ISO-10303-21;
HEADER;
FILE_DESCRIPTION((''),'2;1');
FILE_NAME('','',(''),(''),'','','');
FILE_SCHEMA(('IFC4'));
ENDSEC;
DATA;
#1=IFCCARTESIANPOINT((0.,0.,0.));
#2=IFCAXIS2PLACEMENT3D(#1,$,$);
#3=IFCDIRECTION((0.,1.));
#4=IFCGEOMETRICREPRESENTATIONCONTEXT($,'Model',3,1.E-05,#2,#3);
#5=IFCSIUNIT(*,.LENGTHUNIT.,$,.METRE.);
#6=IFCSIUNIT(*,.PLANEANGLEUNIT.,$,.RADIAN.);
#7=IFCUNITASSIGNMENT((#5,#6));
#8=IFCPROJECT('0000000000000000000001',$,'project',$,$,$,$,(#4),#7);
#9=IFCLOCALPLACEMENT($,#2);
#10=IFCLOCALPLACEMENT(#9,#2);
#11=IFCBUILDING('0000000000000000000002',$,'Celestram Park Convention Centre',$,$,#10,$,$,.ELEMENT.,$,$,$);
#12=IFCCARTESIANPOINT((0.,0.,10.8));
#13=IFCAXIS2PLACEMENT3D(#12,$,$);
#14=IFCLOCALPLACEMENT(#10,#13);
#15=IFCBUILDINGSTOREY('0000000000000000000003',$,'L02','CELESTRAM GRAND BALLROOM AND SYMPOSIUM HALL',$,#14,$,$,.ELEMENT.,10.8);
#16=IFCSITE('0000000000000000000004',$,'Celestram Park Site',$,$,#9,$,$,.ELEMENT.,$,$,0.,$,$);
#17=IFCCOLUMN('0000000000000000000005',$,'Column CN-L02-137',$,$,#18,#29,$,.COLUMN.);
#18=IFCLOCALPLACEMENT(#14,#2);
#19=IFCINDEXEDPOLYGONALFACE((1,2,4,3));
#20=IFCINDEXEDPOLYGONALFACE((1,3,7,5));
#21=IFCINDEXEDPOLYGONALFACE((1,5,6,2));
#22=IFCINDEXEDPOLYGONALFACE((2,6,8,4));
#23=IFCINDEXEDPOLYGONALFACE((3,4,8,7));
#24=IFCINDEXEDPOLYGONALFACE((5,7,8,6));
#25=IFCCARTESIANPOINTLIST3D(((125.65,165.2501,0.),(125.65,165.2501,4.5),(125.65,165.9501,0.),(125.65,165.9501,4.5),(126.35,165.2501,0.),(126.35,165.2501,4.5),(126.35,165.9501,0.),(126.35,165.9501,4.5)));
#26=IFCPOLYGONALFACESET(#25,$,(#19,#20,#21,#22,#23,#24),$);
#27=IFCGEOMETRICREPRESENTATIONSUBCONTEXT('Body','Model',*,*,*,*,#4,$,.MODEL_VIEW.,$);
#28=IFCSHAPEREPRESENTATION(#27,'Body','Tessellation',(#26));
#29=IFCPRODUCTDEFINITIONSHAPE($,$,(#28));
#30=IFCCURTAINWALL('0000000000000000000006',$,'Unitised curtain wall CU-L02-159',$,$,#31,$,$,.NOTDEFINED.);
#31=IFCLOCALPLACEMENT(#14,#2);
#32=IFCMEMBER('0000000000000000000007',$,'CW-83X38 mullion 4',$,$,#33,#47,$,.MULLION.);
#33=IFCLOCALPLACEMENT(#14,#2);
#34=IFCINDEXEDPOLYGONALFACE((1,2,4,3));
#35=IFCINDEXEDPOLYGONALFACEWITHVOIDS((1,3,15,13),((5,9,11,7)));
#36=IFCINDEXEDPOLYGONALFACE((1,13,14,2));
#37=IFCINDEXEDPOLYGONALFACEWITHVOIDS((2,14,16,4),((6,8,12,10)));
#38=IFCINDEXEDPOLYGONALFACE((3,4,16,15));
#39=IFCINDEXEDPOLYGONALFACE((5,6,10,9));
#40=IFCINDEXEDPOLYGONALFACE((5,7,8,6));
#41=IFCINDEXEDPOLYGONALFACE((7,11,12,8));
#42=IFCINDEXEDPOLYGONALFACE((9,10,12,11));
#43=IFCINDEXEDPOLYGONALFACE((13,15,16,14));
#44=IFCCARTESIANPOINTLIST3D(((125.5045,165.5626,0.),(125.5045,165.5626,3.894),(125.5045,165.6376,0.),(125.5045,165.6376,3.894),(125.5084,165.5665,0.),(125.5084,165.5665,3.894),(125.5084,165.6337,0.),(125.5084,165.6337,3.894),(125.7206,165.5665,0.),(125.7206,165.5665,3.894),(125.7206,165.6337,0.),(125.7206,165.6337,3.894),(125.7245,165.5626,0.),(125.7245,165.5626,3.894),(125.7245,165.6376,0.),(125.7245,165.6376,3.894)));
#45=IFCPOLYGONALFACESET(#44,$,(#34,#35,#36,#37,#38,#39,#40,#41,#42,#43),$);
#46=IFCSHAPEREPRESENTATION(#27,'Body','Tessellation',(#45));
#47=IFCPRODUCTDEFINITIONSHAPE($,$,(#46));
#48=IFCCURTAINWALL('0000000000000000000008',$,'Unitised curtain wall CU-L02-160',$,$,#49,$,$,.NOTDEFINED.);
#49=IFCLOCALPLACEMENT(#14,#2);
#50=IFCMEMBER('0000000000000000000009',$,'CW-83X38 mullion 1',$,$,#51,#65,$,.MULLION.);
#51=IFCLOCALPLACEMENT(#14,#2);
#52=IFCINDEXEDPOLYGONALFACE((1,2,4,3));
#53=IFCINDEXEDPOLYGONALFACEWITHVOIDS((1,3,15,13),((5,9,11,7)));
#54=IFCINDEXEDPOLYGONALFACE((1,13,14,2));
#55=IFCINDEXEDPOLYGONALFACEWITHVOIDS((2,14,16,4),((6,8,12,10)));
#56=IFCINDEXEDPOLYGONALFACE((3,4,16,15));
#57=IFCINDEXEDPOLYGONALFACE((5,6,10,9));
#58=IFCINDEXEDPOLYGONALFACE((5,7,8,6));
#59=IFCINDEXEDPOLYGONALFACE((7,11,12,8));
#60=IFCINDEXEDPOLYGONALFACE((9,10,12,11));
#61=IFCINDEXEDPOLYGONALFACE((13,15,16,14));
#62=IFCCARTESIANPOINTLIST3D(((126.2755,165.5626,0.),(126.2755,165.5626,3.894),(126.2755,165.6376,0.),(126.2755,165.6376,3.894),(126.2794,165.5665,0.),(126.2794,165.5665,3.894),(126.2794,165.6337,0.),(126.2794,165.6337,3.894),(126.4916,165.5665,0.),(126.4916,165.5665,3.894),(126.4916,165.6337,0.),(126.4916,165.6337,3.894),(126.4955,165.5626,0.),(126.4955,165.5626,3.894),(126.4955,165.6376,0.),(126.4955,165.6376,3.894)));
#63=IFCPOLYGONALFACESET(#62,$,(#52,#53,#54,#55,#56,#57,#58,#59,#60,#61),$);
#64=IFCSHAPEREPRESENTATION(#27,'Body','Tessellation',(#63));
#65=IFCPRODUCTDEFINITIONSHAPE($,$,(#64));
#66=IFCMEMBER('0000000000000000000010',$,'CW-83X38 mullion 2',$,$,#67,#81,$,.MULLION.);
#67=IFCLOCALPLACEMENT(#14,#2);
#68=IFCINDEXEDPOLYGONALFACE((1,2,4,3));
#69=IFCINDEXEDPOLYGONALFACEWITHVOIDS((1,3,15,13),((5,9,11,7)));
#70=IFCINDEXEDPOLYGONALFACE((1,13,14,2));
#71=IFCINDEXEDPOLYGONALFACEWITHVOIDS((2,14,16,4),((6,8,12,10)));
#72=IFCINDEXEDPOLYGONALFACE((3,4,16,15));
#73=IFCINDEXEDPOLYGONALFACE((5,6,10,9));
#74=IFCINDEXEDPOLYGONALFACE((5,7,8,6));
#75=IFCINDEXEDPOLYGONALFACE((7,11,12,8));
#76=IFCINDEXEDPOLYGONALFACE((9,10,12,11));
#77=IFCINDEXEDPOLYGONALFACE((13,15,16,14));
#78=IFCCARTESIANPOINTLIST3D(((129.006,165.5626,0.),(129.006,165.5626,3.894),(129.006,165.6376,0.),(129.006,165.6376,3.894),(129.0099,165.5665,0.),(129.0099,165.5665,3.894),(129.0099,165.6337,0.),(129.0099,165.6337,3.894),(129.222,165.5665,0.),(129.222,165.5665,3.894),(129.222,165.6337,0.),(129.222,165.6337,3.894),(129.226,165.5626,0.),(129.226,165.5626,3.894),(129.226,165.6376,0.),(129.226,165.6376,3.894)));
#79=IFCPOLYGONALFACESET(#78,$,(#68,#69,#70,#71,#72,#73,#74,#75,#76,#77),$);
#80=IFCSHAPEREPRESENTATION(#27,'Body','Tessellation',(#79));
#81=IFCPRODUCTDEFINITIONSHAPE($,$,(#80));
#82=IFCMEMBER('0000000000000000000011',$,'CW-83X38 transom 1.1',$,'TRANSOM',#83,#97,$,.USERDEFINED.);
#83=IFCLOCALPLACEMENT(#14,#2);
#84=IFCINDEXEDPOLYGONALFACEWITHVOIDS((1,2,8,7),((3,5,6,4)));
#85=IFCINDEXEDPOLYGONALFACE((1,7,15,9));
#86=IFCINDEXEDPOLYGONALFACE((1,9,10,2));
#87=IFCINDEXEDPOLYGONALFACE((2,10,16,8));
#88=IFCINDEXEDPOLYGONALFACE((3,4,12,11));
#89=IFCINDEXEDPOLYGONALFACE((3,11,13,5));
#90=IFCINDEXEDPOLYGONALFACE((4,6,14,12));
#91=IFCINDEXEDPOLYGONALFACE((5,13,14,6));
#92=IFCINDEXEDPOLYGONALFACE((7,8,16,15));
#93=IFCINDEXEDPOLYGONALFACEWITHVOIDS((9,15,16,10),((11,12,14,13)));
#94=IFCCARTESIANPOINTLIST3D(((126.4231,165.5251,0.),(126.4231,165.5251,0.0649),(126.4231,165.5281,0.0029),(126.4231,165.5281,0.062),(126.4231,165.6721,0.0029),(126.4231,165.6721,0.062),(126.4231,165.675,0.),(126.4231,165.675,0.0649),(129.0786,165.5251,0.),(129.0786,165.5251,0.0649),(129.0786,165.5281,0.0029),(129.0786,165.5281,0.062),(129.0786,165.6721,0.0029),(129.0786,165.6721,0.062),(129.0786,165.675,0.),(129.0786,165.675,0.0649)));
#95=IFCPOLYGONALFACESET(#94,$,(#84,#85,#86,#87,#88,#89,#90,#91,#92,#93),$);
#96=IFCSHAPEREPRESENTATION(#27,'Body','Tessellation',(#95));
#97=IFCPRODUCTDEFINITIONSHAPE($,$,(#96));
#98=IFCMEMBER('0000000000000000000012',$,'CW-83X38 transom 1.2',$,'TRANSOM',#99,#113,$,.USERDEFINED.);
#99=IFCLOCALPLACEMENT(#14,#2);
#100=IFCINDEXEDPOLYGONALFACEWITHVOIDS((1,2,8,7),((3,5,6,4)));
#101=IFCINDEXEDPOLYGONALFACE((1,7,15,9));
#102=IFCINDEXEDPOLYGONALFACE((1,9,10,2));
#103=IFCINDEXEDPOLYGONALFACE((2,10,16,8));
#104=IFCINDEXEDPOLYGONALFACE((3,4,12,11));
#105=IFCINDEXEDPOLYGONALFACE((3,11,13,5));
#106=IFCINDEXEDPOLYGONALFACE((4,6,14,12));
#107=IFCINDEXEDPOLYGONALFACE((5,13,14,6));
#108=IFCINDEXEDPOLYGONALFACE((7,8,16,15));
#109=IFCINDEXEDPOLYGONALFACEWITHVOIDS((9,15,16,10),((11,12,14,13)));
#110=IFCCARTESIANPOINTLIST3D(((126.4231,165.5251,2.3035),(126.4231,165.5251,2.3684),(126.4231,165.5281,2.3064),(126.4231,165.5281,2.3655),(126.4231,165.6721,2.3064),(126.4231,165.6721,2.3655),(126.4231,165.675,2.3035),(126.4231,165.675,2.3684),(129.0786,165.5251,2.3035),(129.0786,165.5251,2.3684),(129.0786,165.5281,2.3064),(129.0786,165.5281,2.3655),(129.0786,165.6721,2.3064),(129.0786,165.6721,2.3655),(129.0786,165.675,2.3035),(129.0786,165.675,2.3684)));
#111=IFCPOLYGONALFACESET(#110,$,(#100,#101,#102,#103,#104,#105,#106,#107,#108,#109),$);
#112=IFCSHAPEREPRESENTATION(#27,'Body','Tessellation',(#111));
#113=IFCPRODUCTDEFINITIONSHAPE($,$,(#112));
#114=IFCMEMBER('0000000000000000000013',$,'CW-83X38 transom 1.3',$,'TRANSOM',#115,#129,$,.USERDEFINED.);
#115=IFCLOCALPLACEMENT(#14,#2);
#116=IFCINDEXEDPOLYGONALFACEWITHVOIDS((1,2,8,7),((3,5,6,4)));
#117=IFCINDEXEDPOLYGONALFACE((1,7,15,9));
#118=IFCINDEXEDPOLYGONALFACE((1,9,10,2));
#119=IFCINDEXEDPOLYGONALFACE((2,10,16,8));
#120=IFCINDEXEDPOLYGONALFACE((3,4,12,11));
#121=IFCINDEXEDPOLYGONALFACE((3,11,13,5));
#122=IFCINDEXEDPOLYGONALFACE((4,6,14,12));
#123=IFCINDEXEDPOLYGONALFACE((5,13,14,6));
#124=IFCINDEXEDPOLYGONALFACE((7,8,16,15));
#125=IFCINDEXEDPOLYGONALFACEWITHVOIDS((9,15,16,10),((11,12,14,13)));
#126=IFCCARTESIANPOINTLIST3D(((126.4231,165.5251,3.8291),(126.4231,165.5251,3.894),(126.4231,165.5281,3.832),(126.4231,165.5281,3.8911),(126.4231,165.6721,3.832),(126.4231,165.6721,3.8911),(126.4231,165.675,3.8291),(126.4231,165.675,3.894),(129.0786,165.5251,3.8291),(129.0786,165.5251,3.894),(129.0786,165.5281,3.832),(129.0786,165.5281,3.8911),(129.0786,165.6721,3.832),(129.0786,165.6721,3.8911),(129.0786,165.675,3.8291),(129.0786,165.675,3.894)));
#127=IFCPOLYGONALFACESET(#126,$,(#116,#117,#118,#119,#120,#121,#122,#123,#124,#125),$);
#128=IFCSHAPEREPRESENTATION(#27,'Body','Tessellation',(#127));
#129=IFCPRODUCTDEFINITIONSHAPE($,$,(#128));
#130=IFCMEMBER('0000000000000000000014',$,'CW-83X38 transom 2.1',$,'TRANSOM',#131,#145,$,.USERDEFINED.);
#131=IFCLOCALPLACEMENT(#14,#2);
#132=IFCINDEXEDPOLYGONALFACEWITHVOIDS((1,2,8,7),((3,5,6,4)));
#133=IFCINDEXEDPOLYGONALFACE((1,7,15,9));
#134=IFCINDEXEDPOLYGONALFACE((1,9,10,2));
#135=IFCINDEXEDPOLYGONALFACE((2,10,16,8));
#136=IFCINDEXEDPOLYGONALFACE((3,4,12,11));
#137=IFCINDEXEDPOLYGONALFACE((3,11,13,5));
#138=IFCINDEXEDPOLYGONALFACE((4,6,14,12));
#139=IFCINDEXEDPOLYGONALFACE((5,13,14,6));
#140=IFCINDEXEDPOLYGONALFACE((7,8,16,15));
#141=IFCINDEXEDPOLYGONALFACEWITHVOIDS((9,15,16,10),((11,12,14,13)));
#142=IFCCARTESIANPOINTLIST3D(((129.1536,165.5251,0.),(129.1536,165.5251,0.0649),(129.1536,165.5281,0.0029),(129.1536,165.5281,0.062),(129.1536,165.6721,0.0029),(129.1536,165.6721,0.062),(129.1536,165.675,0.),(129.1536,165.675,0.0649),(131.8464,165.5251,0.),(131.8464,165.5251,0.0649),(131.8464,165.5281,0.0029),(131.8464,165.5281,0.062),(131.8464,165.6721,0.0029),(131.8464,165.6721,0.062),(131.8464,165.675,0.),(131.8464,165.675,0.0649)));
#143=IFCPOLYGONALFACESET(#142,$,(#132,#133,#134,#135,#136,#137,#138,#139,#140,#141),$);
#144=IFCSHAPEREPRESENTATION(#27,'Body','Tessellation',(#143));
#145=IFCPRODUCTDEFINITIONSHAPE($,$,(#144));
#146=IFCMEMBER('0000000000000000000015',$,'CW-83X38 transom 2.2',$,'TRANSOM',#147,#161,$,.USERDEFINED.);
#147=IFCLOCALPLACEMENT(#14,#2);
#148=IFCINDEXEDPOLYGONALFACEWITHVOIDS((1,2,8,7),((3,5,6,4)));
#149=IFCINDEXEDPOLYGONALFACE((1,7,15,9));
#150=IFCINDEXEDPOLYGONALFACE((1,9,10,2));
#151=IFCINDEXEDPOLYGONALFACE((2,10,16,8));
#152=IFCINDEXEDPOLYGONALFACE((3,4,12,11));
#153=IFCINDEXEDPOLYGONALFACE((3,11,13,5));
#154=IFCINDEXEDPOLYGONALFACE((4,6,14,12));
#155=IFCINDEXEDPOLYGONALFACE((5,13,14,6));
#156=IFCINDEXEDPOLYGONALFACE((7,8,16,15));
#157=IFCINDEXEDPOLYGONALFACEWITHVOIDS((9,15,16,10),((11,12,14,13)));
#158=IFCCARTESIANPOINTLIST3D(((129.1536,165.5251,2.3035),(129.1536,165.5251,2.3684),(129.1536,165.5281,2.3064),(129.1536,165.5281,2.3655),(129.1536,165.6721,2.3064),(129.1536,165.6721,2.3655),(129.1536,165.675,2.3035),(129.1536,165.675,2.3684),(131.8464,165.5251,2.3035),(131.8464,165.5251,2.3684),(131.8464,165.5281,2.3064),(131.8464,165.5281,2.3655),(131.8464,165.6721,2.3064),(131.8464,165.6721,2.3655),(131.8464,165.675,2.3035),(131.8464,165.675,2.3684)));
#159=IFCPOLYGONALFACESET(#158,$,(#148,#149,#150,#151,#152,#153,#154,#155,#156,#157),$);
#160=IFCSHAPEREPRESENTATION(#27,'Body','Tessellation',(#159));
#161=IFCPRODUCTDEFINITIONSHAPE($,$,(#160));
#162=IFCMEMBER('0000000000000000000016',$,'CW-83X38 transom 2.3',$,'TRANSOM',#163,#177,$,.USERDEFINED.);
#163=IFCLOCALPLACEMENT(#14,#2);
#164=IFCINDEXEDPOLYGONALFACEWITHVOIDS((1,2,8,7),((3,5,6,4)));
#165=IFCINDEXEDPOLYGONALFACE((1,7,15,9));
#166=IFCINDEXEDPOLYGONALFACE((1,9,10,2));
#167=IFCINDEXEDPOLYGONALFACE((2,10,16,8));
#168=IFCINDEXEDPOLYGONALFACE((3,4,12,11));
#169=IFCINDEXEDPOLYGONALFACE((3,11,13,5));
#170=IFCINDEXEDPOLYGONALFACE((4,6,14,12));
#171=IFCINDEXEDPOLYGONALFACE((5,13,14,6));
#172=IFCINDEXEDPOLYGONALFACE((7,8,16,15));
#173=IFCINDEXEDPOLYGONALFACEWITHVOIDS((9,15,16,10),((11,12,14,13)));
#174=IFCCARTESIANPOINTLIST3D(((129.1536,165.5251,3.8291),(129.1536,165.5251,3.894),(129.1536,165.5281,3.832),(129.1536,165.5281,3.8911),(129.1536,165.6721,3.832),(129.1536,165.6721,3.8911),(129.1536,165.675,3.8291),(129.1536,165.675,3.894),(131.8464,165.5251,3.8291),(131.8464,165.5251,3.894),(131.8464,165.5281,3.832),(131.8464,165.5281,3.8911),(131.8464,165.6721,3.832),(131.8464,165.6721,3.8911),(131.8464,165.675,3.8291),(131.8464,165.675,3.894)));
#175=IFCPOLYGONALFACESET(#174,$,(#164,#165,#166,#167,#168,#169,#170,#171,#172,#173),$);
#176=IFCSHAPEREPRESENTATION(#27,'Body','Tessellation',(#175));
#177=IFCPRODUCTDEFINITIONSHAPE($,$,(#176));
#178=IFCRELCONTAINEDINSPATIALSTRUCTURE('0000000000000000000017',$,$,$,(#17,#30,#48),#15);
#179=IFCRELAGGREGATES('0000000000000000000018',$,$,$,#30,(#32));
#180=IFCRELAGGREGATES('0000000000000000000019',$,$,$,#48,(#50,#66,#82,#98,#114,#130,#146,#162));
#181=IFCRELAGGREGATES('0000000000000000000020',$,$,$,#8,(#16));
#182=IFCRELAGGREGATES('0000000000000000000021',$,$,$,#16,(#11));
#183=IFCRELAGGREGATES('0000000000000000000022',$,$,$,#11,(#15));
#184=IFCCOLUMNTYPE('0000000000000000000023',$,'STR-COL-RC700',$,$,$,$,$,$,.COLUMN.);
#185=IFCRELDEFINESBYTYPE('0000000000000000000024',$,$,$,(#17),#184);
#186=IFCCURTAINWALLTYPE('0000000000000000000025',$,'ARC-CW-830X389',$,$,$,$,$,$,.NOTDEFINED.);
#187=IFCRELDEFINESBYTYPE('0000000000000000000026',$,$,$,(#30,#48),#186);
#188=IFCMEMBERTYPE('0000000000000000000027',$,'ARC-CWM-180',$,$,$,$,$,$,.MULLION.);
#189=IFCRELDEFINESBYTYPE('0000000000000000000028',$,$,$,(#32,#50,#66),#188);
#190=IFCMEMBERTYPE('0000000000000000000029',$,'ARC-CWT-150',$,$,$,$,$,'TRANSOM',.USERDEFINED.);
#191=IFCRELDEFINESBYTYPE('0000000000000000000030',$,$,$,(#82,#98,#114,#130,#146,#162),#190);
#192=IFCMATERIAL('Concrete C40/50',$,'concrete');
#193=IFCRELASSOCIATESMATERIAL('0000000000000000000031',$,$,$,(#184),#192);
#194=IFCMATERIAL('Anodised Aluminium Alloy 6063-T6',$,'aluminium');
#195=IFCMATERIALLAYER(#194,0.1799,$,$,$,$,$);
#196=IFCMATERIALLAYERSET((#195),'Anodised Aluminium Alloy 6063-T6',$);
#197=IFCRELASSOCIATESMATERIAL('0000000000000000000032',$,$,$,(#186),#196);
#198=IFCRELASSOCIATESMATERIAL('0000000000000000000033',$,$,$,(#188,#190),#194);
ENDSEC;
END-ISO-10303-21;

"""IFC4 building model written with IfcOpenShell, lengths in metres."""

from ifc_helpers import new_model, si_unit, direction, frame, origin, origin_2d, place, context, subcontext, project, spatial, rectangle, hollow_rectangle, extrude, material, layer, layer_set, material_profile, profile_set, type_object, element, aggregate, save


model = new_model("IFC4")

# Units and contexts
model_context = context("Model", 3, precision=1e-05, world=origin(), true_north=direction((0.0, 1.0)))
body_context = subcontext(model_context, "Body", "Model", "MODEL_VIEW")
ifc_project = project(units=[si_unit("LENGTHUNIT", "METRE"), si_unit("PLANEANGLEUNIT", "RADIAN")], contexts=[model_context])

# Site, building, storey
site_placement = place(None, origin())
site = spatial("IfcSite", under=ifc_project, at=site_placement, Name="Celestram Park Site", CompositionType="ELEMENT", RefElevation=0.0)
building_placement = place(site_placement, origin())
building = spatial("IfcBuilding", under=site, at=building_placement, Name="Celestram Park Convention Centre", CompositionType="ELEMENT")
storey_placement = place(building_placement, frame((0.0, 0.0, 10.8)))
storey = spatial("IfcBuildingStorey", under=building, at=storey_placement, Name="L02", Description="CELESTRAM GRAND BALLROOM AND SYMPOSIUM HALL", CompositionType="ELEMENT", Elevation=10.8)

# Column
ifc_material_1 = material(Name="Concrete C40/50", Category="concrete")
ifc_material_profile_1 = material_profile(ifc_material_1, rectangle(XDim=0.7, YDim=0.7, at=origin_2d()), Name="RC700X700")
ifc_profile_set_1 = profile_set([ifc_material_profile_1], Name="Concrete C40/50")
column_type = type_object("IfcColumnType", Name="STR-COL-RC700", PredefinedType="COLUMN", material=ifc_profile_set_1)
column_placement = place(storey_placement, frame((126.0, 165.6001, 0.0), z_axis=(0.0, 0.0, 1.0), x_axis=(1.0, 0.0, 0.0)))
element("IfcColumn", 1, at=column_placement, inside=storey, type_object=column_type, Name="Column CN-L02-137", PredefinedType="COLUMN", context=body_context, shape_type="SweptSolid", body=[
    extrude(rectangle(XDim=0.7, YDim=0.7, at=origin_2d()), origin(), (0.0, 0.0, 1.0), 4.5),
])

# Curtain wall, member
ifc_material_2 = material(Name="Anodised Aluminium Alloy 6063-T6", Category="aluminium")
ifc_layer_1 = layer(ifc_material_2, 0.1799)
ifc_layer_set_1 = layer_set([ifc_layer_1], Name="Anodised Aluminium Alloy 6063-T6")
curtain_wall_type = type_object("IfcCurtainWallType", Name="ARC-CW-830X389", PredefinedType="NOTDEFINED", material=ifc_layer_set_1)
curtain_wall_1_placement = place(storey_placement, origin())
curtain_wall_1 = element("IfcCurtainWall", 2, at=curtain_wall_1_placement, inside=storey, type_object=curtain_wall_type, Name="Unitised curtain wall CU-L02-159", PredefinedType="NOTDEFINED")
ifc_material_profile_2 = material_profile(ifc_material_2, hollow_rectangle(XDim=0.075, YDim=0.22, WallThickness=0.0039, at=origin_2d()), Name="ALU75X220X4")
ifc_profile_set_2 = profile_set([ifc_material_profile_2], Name="Anodised Aluminium Alloy 6063-T6")
member_type_1 = type_object("IfcMemberType", Name="ARC-CWM-180", PredefinedType="MULLION", material=ifc_profile_set_2)
member_1_placement = place(storey_placement, frame((125.6145, 165.6001, 0.0), z_axis=(0.0, 0.0, 1.0), x_axis=(0.0, 1.0, 0.0)))
member_1 = element("IfcMember", 3, at=member_1_placement, type_object=member_type_1, Name="CW-83X38 mullion 4", PredefinedType="MULLION", context=body_context, shape_type="SweptSolid", body=[
    extrude(hollow_rectangle(XDim=0.075, YDim=0.22, WallThickness=0.0039, at=origin_2d()), origin(), (0.0, 0.0, 1.0), 3.894),
])
aggregate(curtain_wall_1, [member_1])

# Curtain wall, members
curtain_wall_2_placement = place(storey_placement, origin())
curtain_wall_2 = element("IfcCurtainWall", 4, at=curtain_wall_2_placement, inside=storey, type_object=curtain_wall_type, Name="Unitised curtain wall CU-L02-160", PredefinedType="NOTDEFINED")
member_2_placement = place(storey_placement, frame((126.3855, 165.6001, 0.0), z_axis=(0.0, 0.0, 1.0), x_axis=(0.0, 1.0, 0.0)))
member_2 = element("IfcMember", 5, at=member_2_placement, type_object=member_type_1, Name="CW-83X38 mullion 1", PredefinedType="MULLION", context=body_context, shape_type="SweptSolid", body=[
    extrude(hollow_rectangle(XDim=0.075, YDim=0.22, WallThickness=0.0039, at=origin_2d()), origin(), (0.0, 0.0, 1.0), 3.894),
])
member_3_placement = place(storey_placement, frame((129.116, 165.6001, 0.0), z_axis=(0.0, 0.0, 1.0), x_axis=(0.0, 1.0, 0.0)))
member_3 = element("IfcMember", 6, at=member_3_placement, type_object=member_type_1, Name="CW-83X38 mullion 2", PredefinedType="MULLION", context=body_context, shape_type="SweptSolid", body=[
    extrude(hollow_rectangle(XDim=0.075, YDim=0.22, WallThickness=0.0039, at=origin_2d()), origin(), (0.0, 0.0, 1.0), 3.894),
])
ifc_material_profile_3 = material_profile(ifc_material_2, hollow_rectangle(XDim=0.1499, YDim=0.0649, WallThickness=0.0029, at=origin_2d()), Name="ALU150X65X3")
ifc_profile_set_3 = profile_set([ifc_material_profile_3], Name="Anodised Aluminium Alloy 6063-T6")
member_type_2 = type_object("IfcMemberType", Name="ARC-CWT-150", ElementType="TRANSOM", PredefinedType="USERDEFINED", material=ifc_profile_set_3)
member_4_placement = place(storey_placement, frame((126.4231, 165.6001, 0.0325), z_axis=(1.0, 0.0, 0.0), x_axis=(0.0, 1.0, 0.0)))
member_4 = element("IfcMember", 7, at=member_4_placement, type_object=member_type_2, Name="CW-83X38 transom 1.1", ObjectType="TRANSOM", PredefinedType="USERDEFINED", context=body_context, shape_type="SweptSolid", body=[
    extrude(hollow_rectangle(XDim=0.1499, YDim=0.0649, WallThickness=0.0029, at=origin_2d()), origin(), (0.0, 0.0, 1.0), 2.6555),
])
member_5_placement = place(storey_placement, frame((126.4231, 165.6001, 2.3359), z_axis=(1.0, 0.0, 0.0), x_axis=(0.0, 1.0, 0.0)))
member_5 = element("IfcMember", 8, at=member_5_placement, type_object=member_type_2, Name="CW-83X38 transom 1.2", ObjectType="TRANSOM", PredefinedType="USERDEFINED", context=body_context, shape_type="SweptSolid", body=[
    extrude(hollow_rectangle(XDim=0.1499, YDim=0.0649, WallThickness=0.0029, at=origin_2d()), origin(), (0.0, 0.0, 1.0), 2.6555),
])
member_6_placement = place(storey_placement, frame((126.4231, 165.6001, 3.8616), z_axis=(1.0, 0.0, 0.0), x_axis=(0.0, 1.0, 0.0)))
member_6 = element("IfcMember", 9, at=member_6_placement, type_object=member_type_2, Name="CW-83X38 transom 1.3", ObjectType="TRANSOM", PredefinedType="USERDEFINED", context=body_context, shape_type="SweptSolid", body=[
    extrude(hollow_rectangle(XDim=0.1499, YDim=0.0649, WallThickness=0.0029, at=origin_2d()), origin(), (0.0, 0.0, 1.0), 2.6555),
])
member_7_placement = place(storey_placement, frame((129.1536, 165.6001, 0.0325), z_axis=(1.0, 0.0, 0.0), x_axis=(0.0, 1.0, 0.0)))
member_7 = element("IfcMember", 10, at=member_7_placement, type_object=member_type_2, Name="CW-83X38 transom 2.1", ObjectType="TRANSOM", PredefinedType="USERDEFINED", context=body_context, shape_type="SweptSolid", body=[
    extrude(hollow_rectangle(XDim=0.1499, YDim=0.0649, WallThickness=0.0029, at=origin_2d()), origin(), (0.0, 0.0, 1.0), 2.6929),
])
member_8_placement = place(storey_placement, frame((129.1536, 165.6001, 2.3359), z_axis=(1.0, 0.0, 0.0), x_axis=(0.0, 1.0, 0.0)))
member_8 = element("IfcMember", 11, at=member_8_placement, type_object=member_type_2, Name="CW-83X38 transom 2.2", ObjectType="TRANSOM", PredefinedType="USERDEFINED", context=body_context, shape_type="SweptSolid", body=[
    extrude(hollow_rectangle(XDim=0.1499, YDim=0.0649, WallThickness=0.0029, at=origin_2d()), origin(), (0.0, 0.0, 1.0), 2.6929),
])
member_9_placement = place(storey_placement, frame((129.1536, 165.6001, 3.8616), z_axis=(1.0, 0.0, 0.0), x_axis=(0.0, 1.0, 0.0)))
member_9 = element("IfcMember", 12, at=member_9_placement, type_object=member_type_2, Name="CW-83X38 transom 2.3", ObjectType="TRANSOM", PredefinedType="USERDEFINED", context=body_context, shape_type="SweptSolid", body=[
    extrude(hollow_rectangle(XDim=0.1499, YDim=0.0649, WallThickness=0.0029, at=origin_2d()), origin(), (0.0, 0.0, 1.0), 2.6929),
])

aggregate(curtain_wall_2, [member_2, member_3, member_4, member_5, member_6, member_7, member_8, member_9])

save(model, "model.ifc")
